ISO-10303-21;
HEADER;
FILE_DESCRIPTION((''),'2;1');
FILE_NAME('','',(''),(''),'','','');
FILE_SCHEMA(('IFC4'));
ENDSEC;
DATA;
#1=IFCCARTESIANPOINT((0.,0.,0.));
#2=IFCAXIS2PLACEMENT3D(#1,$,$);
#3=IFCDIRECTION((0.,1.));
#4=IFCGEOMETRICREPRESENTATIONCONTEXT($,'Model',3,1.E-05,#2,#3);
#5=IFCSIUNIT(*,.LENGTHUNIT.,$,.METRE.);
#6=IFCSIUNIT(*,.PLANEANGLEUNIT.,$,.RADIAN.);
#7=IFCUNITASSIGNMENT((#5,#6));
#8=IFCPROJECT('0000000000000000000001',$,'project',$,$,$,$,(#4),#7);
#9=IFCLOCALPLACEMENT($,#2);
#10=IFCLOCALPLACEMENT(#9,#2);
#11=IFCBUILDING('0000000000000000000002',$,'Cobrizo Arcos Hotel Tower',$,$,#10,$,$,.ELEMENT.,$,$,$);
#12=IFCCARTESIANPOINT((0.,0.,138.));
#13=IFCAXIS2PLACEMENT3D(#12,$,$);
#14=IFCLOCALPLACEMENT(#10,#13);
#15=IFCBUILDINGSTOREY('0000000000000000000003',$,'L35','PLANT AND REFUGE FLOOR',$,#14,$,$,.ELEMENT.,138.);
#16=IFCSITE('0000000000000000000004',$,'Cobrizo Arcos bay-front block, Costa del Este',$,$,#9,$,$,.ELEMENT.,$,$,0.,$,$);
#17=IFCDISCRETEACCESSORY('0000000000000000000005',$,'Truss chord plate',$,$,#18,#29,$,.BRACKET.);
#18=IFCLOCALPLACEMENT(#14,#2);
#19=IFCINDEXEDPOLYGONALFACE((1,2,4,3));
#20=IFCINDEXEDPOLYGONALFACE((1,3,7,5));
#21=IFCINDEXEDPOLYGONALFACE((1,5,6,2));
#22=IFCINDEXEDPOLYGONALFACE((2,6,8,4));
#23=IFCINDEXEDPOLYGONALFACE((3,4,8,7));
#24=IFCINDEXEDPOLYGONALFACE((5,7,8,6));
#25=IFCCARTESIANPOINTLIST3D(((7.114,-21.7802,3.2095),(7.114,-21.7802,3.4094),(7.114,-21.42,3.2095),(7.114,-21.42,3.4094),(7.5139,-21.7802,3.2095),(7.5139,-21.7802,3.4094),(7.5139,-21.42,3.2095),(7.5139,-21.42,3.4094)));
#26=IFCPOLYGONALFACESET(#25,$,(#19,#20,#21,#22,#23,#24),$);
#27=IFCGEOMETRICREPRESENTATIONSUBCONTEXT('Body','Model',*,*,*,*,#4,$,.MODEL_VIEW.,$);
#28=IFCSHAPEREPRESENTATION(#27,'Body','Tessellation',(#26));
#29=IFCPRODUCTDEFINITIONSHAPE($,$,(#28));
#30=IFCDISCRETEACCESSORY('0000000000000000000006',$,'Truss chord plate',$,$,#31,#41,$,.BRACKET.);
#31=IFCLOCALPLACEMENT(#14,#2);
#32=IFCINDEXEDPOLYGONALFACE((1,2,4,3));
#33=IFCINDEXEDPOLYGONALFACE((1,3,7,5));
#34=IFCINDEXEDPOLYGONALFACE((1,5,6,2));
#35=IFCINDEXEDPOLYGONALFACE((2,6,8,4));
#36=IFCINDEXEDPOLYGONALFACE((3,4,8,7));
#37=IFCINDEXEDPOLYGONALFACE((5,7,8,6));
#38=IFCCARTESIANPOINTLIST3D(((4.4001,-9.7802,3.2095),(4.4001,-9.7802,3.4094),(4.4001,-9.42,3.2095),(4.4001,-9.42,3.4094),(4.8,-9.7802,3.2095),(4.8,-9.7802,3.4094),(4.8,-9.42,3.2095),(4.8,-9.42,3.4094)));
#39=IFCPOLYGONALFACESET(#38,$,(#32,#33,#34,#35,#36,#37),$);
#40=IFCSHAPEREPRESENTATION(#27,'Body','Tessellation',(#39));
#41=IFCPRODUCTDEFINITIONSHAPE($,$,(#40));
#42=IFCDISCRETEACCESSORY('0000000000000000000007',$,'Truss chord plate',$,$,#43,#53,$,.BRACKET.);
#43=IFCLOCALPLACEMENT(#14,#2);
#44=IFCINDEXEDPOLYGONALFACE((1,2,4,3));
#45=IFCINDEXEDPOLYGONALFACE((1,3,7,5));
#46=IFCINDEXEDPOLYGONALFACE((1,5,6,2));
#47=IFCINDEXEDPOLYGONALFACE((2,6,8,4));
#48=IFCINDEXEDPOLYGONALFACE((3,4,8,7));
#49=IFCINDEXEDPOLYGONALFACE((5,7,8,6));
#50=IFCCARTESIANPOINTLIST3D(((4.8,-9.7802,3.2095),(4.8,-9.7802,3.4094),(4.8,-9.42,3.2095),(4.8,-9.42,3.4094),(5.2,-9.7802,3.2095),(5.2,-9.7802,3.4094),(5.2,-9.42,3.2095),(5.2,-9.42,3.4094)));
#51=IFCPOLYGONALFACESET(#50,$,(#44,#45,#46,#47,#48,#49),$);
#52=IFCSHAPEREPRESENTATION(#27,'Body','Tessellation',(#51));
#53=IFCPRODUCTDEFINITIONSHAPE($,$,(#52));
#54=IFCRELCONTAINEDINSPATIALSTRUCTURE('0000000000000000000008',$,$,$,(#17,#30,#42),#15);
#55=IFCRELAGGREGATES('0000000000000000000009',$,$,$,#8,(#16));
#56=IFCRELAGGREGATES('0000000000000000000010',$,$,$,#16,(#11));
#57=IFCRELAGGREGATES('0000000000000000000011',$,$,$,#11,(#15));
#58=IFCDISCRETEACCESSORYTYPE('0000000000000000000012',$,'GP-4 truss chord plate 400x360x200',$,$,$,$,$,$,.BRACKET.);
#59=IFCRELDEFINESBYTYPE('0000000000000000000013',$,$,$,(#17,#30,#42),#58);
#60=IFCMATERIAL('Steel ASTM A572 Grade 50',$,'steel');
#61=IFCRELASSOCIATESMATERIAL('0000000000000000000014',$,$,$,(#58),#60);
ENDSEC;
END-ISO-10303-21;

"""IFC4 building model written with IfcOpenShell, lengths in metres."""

from ifc_helpers import new_model, si_unit, direction, frame, origin, origin_2d, place, context, subcontext, project, spatial, rectangle, extrude, material, type_object, element, save


model = new_model("IFC4")

# Units and contexts
model_context = context("Model", 3, precision=1e-05, world=origin(), true_north=direction((0.0, 1.0)))
body_context = subcontext(model_context, "Body", "Model", "MODEL_VIEW")
ifc_project = project(units=[si_unit("LENGTHUNIT", "METRE"), si_unit("PLANEANGLEUNIT", "RADIAN")], contexts=[model_context])

# Site, building, storey
site_placement = place(None, origin())
site = spatial("IfcSite", under=ifc_project, at=site_placement, Name="Cobrizo Arcos bay-front block, Costa del Este", CompositionType="ELEMENT", RefElevation=0.0)
building_placement = place(site_placement, origin())
building = spatial("IfcBuilding", under=site, at=building_placement, Name="Cobrizo Arcos Hotel Tower", CompositionType="ELEMENT")
storey_placement = place(building_placement, frame((0.0, 0.0, 138.0)))
storey = spatial("IfcBuildingStorey", under=building, at=storey_placement, Name="L35", Description="PLANT AND REFUGE FLOOR", CompositionType="ELEMENT", Elevation=138.0)

# Discrete accessories
ifc_material_1 = material(Name="Steel ASTM A572 Grade 50", Category="steel")
discrete_accessory_type_1 = type_object("IfcDiscreteAccessoryType", Name="GP-4 truss chord plate 400x360x200", PredefinedType="BRACKET", material=ifc_material_1)
for number, where, z_axis, x_axis, name in (
    (1, (7.314, -21.6001, 3.2095), (0.0, 0.0, 1.0), (1.0, 0.0, 0.0), "Truss chord plate"),
    (2, (4.6001, -9.6001, 3.2095), (0.0, 0.0, 1.0), (1.0, 0.0, 0.0), "Truss chord plate"),
    (3, (5.0, -9.6001, 3.2095), (0.0, 0.0, 1.0), (1.0, 0.0, 0.0), "Truss chord plate"),
):
    element("IfcDiscreteAccessory", number, at=place(storey_placement, frame(where, z_axis=z_axis, x_axis=x_axis)), inside=storey, type_object=discrete_accessory_type_1, Name=name, PredefinedType="BRACKET", context=body_context, shape_type="SweptSolid", body=[
        extrude(rectangle(XDim=0.3999, YDim=0.3601, at=origin_2d()), origin(), (0.0, 0.0, 1.0), 0.2),
    ])

save(model, "model.ifc")
